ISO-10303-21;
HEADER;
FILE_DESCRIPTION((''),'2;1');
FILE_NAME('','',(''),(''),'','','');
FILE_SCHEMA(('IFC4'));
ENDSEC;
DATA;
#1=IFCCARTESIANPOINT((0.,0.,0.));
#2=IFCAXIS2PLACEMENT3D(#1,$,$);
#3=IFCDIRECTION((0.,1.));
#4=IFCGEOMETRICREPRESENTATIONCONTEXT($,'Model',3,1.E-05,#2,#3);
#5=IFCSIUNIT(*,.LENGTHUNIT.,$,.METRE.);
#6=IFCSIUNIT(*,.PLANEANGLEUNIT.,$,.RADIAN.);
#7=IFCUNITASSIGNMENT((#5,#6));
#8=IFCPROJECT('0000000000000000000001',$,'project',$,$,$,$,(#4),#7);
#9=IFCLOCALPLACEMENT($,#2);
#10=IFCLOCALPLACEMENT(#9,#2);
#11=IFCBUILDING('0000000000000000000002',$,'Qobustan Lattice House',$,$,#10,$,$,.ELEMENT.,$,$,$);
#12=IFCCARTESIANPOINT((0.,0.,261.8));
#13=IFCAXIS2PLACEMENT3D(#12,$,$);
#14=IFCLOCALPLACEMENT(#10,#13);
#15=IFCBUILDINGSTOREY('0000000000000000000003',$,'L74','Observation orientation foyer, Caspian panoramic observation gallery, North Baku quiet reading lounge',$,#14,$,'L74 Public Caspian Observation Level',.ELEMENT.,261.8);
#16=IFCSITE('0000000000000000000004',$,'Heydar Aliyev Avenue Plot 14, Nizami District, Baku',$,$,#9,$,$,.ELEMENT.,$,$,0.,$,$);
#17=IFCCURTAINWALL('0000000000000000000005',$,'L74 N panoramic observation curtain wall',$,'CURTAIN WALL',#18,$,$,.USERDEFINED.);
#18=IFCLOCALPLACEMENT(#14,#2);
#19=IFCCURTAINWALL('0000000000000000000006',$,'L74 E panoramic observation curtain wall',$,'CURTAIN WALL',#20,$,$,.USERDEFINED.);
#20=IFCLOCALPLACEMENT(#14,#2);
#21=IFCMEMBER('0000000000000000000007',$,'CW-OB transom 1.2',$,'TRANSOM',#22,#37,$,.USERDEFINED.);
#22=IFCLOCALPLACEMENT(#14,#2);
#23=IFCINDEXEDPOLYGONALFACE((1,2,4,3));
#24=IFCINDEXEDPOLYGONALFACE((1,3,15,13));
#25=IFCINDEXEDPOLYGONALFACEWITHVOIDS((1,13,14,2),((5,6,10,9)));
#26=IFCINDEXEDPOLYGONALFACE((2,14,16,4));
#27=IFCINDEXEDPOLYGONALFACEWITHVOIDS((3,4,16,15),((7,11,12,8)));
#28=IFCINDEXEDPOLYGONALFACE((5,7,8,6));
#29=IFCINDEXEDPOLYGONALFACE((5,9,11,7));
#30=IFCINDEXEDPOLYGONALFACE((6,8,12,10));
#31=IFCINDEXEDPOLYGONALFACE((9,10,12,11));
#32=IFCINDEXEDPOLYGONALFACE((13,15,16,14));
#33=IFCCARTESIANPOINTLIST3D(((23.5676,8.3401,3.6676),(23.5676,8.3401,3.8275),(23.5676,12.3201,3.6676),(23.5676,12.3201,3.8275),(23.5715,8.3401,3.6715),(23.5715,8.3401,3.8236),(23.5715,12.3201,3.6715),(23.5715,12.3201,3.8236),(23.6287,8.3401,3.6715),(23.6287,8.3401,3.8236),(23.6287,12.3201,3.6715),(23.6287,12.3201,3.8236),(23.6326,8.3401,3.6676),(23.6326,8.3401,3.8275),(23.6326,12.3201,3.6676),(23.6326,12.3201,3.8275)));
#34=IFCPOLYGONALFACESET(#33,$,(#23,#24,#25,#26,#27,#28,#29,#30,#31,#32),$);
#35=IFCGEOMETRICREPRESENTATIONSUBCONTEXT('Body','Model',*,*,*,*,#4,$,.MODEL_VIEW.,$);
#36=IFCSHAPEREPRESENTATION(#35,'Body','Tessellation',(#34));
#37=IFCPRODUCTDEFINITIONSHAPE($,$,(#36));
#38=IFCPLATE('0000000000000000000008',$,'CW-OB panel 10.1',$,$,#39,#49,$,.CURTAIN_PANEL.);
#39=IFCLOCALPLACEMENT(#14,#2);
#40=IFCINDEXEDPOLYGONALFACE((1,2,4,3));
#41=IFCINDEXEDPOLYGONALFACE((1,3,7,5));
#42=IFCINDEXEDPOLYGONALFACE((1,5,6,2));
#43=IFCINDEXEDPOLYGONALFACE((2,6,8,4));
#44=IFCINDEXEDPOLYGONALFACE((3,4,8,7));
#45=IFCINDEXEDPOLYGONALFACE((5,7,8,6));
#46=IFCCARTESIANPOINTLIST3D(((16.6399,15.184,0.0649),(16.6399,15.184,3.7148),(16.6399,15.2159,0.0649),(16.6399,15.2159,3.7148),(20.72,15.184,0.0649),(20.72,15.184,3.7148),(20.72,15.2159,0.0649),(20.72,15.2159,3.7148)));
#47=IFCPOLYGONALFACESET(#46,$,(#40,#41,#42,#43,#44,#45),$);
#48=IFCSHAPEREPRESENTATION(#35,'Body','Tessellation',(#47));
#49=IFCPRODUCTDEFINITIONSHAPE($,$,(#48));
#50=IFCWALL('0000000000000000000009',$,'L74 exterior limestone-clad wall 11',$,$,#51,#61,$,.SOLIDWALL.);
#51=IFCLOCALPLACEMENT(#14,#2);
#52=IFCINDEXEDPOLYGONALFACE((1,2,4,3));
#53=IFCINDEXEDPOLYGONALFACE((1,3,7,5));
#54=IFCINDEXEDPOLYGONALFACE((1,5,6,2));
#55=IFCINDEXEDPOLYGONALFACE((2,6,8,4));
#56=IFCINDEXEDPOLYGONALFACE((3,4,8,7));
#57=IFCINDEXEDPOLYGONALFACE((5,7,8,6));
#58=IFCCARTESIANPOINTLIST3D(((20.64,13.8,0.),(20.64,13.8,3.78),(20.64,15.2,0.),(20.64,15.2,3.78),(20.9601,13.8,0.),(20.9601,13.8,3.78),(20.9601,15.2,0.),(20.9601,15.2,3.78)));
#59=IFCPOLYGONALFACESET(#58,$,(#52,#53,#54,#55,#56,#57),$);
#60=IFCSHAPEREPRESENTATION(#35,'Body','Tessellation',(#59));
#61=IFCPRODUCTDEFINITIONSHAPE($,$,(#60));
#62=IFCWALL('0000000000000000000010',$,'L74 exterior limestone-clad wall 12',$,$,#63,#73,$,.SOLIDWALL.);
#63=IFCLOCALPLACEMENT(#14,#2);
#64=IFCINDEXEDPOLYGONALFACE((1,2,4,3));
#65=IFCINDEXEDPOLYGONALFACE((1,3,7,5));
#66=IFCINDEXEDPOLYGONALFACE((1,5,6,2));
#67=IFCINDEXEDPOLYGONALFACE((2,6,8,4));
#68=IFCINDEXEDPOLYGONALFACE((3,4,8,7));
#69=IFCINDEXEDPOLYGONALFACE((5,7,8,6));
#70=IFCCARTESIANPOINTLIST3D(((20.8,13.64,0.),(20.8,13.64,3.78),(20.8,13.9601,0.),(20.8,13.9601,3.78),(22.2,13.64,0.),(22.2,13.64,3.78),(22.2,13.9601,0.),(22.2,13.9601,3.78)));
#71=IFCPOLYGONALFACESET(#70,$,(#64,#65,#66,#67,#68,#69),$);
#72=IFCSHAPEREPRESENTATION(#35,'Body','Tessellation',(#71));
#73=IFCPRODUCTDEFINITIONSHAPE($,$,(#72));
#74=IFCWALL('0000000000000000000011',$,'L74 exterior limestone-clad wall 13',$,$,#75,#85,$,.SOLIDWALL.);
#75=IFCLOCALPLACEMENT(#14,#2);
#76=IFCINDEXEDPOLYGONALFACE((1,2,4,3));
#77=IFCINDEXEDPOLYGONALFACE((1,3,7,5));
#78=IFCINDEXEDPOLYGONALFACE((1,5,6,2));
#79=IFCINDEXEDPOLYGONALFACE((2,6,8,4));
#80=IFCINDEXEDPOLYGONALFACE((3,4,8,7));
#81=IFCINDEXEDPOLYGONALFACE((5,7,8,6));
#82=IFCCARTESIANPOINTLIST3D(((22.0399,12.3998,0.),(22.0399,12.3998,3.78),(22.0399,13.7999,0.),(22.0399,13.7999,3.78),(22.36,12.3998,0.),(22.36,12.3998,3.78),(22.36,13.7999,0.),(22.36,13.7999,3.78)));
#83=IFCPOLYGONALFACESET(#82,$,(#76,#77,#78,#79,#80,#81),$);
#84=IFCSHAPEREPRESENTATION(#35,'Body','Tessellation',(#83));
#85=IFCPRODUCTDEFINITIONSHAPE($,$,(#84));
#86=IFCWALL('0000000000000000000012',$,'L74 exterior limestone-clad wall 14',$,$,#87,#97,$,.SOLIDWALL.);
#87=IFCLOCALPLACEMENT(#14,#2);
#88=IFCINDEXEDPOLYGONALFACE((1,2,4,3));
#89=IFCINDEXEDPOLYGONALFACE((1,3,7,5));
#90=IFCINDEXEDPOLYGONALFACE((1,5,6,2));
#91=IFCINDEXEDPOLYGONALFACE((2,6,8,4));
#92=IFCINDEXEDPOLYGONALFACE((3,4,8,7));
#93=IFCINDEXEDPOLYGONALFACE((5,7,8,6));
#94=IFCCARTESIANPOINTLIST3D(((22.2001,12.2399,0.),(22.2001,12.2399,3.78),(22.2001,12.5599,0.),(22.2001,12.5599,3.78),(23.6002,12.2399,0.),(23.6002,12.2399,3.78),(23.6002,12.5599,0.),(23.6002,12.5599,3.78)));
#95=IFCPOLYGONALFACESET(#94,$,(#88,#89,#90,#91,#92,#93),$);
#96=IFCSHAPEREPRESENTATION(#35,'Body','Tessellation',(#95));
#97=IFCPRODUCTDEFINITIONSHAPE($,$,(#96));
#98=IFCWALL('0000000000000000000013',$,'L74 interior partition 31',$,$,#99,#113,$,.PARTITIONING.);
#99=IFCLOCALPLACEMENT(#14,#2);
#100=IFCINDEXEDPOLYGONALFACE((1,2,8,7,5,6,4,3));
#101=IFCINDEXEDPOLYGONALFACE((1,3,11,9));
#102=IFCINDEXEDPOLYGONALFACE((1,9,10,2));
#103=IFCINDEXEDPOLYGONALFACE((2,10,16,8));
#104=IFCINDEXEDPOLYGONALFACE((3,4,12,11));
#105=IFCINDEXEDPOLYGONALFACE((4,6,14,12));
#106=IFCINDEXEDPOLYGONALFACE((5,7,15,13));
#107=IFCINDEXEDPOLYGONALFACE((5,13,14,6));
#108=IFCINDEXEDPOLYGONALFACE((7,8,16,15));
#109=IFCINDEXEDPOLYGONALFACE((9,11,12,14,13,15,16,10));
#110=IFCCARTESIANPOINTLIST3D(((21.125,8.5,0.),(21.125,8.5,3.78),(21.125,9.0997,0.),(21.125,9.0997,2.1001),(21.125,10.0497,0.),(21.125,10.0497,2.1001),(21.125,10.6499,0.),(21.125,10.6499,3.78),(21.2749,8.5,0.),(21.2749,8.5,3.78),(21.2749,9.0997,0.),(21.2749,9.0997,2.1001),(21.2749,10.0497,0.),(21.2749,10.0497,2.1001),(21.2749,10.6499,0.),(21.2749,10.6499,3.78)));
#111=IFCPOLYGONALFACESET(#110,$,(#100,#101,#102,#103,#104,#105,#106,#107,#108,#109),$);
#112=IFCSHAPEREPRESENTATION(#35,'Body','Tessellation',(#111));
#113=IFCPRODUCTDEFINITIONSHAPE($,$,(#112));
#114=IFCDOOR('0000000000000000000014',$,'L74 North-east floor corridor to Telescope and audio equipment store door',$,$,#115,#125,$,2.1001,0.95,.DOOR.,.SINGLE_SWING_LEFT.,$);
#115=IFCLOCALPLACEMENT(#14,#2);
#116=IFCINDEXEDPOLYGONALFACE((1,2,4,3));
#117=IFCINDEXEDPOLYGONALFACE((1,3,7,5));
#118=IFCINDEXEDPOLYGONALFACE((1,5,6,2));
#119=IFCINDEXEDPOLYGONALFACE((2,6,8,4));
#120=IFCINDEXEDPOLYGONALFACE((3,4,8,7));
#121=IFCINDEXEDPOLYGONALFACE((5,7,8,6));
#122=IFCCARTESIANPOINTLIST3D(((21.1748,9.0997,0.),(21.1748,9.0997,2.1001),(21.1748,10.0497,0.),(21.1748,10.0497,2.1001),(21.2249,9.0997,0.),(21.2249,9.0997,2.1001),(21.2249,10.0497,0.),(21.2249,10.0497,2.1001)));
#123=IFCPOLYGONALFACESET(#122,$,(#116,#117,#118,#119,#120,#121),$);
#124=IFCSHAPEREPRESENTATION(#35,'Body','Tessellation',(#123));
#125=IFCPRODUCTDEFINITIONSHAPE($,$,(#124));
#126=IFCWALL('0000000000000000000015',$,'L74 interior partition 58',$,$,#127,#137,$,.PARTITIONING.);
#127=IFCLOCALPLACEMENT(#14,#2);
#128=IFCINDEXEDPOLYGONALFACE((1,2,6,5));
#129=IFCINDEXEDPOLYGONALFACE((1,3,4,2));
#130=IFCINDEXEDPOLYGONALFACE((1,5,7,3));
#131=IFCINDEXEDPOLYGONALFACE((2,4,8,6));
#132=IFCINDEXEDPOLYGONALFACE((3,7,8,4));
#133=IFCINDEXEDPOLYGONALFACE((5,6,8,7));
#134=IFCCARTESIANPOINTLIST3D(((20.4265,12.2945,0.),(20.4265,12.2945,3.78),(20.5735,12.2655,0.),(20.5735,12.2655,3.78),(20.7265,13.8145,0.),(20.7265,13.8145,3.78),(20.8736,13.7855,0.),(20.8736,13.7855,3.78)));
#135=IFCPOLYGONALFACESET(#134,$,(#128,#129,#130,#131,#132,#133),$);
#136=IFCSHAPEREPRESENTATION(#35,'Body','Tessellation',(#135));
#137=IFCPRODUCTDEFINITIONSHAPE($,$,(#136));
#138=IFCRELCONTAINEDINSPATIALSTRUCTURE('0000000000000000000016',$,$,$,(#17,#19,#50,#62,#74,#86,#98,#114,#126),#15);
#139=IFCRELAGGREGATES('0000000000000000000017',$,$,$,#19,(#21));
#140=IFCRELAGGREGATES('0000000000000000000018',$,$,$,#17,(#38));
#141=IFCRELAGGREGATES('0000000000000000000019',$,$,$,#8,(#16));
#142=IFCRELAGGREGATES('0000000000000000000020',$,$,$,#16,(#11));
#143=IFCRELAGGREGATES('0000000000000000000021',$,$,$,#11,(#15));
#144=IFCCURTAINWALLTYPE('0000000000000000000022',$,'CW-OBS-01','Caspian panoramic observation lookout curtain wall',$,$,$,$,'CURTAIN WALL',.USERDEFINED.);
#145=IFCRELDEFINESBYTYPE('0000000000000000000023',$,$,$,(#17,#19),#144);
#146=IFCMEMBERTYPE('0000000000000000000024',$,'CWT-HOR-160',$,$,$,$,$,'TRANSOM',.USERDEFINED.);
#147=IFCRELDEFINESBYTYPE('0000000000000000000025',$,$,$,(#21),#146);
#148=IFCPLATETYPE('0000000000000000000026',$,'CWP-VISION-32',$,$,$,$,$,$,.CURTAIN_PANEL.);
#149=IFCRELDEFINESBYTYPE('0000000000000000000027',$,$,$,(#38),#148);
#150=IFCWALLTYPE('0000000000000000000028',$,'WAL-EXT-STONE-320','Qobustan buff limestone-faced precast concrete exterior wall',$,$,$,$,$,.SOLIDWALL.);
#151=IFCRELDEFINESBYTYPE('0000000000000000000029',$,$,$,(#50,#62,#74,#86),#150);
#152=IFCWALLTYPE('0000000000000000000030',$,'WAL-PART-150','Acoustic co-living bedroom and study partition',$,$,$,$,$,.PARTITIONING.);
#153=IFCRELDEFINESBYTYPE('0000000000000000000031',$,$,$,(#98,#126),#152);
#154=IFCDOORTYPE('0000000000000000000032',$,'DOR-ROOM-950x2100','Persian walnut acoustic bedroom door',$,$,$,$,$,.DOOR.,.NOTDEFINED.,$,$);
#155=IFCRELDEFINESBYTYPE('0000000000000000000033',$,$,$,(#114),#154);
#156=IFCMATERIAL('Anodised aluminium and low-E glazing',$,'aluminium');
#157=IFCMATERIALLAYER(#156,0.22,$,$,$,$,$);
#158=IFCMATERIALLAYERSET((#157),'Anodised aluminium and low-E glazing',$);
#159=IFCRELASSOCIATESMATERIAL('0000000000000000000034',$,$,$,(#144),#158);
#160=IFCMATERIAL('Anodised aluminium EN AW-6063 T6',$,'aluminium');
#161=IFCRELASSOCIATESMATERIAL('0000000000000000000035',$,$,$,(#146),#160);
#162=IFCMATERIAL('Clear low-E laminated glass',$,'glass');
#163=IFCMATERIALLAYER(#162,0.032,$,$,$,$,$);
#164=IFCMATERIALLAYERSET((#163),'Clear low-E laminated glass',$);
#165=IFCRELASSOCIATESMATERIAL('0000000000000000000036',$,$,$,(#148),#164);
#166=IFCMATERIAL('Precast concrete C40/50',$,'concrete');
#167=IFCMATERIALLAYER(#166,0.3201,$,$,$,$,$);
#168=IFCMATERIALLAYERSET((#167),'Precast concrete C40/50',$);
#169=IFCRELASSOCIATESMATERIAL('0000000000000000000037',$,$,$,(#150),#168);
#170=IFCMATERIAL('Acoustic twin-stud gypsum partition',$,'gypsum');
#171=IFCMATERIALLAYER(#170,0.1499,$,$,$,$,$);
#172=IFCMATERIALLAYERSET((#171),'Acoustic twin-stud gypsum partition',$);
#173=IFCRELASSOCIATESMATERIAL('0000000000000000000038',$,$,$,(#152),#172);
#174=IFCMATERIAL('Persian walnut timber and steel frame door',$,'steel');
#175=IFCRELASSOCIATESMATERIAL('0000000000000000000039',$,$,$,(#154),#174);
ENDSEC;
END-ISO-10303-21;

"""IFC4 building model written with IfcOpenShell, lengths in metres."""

from ifc_helpers import new_model, si_unit, direction, frame, frame_2d, origin, origin_2d, place, context, subcontext, project, spatial, rectangle, hollow_rectangle, extrude, material, layer, layer_set, material_profile, profile_set, type_object, element, fill, aggregate, save


model = new_model("IFC4")

# Units and contexts
model_context = context("Model", 3, precision=1e-05, world=origin(), true_north=direction((0.0, 1.0)))
body_context = subcontext(model_context, "Body", "Model", "MODEL_VIEW")
ifc_project = project(units=[si_unit("LENGTHUNIT", "METRE"), si_unit("PLANEANGLEUNIT", "RADIAN")], contexts=[model_context])

# Site, building, storey
site_placement = place(None, origin())
site = spatial("IfcSite", under=ifc_project, at=site_placement, Name="Heydar Aliyev Avenue Plot 14, Nizami District, Baku", CompositionType="ELEMENT", RefElevation=0.0)
building_placement = place(site_placement, origin())
building = spatial("IfcBuilding", under=site, at=building_placement, Name="Qobustan Lattice House", CompositionType="ELEMENT")
storey_placement = place(building_placement, frame((0.0, 0.0, 261.8)))
storey = spatial("IfcBuildingStorey", under=building, at=storey_placement, Name="L74", Description="Observation orientation foyer, Caspian panoramic observation gallery, North Baku quiet reading lounge", LongName="L74 Public Caspian Observation Level", CompositionType="ELEMENT", Elevation=261.8)

# Curtain walls
ifc_material_1 = material(Name="Anodised aluminium and low-E glazing", Category="aluminium")
ifc_layer_1 = layer(ifc_material_1, 0.22)
ifc_layer_set_1 = layer_set([ifc_layer_1], Name="Anodised aluminium and low-E glazing")
curtain_wall_type = type_object("IfcCurtainWallType", Name="CW-OBS-01", Description="Caspian panoramic observation lookout curtain wall", ElementType="CURTAIN WALL", PredefinedType="USERDEFINED", material=ifc_layer_set_1)
curtain_wall_1_placement = place(storey_placement, origin())
curtain_wall_1 = element("IfcCurtainWall", 1, at=curtain_wall_1_placement, inside=storey, type_object=curtain_wall_type, Name="L74 N panoramic observation curtain wall", ObjectType="CURTAIN WALL", PredefinedType="USERDEFINED")
curtain_wall_2_placement = place(storey_placement, origin())
curtain_wall_2 = element("IfcCurtainWall", 2, at=curtain_wall_2_placement, inside=storey, type_object=curtain_wall_type, Name="L74 E panoramic observation curtain wall", ObjectType="CURTAIN WALL", PredefinedType="USERDEFINED")

# Member
ifc_material_2 = material(Name="Anodised aluminium EN AW-6063 T6", Category="aluminium")
ifc_material_profile_1 = material_profile(ifc_material_2, hollow_rectangle(XDim=0.0649, YDim=0.1599, WallThickness=0.0039, at=origin_2d()), Name="CWT-160x65")
ifc_profile_set_1 = profile_set([ifc_material_profile_1], Name="Anodised aluminium EN AW-6063 T6")
member_type_1 = type_object("IfcMemberType", Name="CWT-HOR-160", ElementType="TRANSOM", PredefinedType="USERDEFINED", material=ifc_profile_set_1)
member_1_placement = place(storey_placement, frame((23.6001, 12.3201, 3.7476), z_axis=(0.0, -1.0, 0.0), x_axis=(1.0, 0.0, 0.0)))
member_1 = element("IfcMember", 3, at=member_1_placement, type_object=member_type_1, Name="CW-OB transom 1.2", ObjectType="TRANSOM", PredefinedType="USERDEFINED", context=body_context, shape_type="SweptSolid", body=[
    extrude(hollow_rectangle(XDim=0.0649, YDim=0.1599, WallThickness=0.0039, at=origin_2d()), origin(), (0.0, 0.0, 1.0), 3.98),
])
aggregate(curtain_wall_2, [member_1])

# Plate
ifc_material_3 = material(Name="Clear low-E laminated glass", Category="glass")
ifc_layer_2 = layer(ifc_material_3, 0.032)
ifc_layer_set_2 = layer_set([ifc_layer_2], Name="Clear low-E laminated glass")
plate_type = type_object("IfcPlateType", Name="CWP-VISION-32", PredefinedType="CURTAIN_PANEL", material=ifc_layer_set_2)
plate_placement = place(storey_placement, frame((18.6799, 15.2, 0.0649), z_axis=(0.0, 0.0, 1.0), x_axis=(1.0, 0.0, 0.0)))
plate = element("IfcPlate", 4, at=plate_placement, type_object=plate_type, Name="CW-OB panel 10.1", PredefinedType="CURTAIN_PANEL", context=body_context, shape_type="SweptSolid", body=[
    extrude(rectangle(XDim=4.0801, YDim=0.032, at=origin_2d()), origin(), (0.0, 0.0, 1.0), 3.6499),
])
aggregate(curtain_wall_1, [plate])

# Walls
ifc_material_4 = material(Name="Precast concrete C40/50", Category="concrete")
ifc_layer_3 = layer(ifc_material_4, 0.3201)
ifc_layer_set_3 = layer_set([ifc_layer_3], Name="Precast concrete C40/50")
wall_type_1 = type_object("IfcWallType", Name="WAL-EXT-STONE-320", Description="Qobustan buff limestone-faced precast concrete exterior wall", PredefinedType="SOLIDWALL", material=ifc_layer_set_3)
for number, where, z_axis, x_axis, name in (
    (5, (20.8, 15.2, 0.0), (0.0, 0.0, 1.0), (0.0, -1.0, 0.0), "L74 exterior limestone-clad wall 11"),
    (6, (20.8, 13.8, 0.0), (0.0, 0.0, 1.0), (1.0, 0.0, 0.0), "L74 exterior limestone-clad wall 12"),
):
    element("IfcWall", number, at=place(storey_placement, frame(where, z_axis=z_axis, x_axis=x_axis)), inside=storey, type_object=wall_type_1, Name=name, PredefinedType="SOLIDWALL", context=body_context, shape_type="SweptSolid", body=[
        extrude(rectangle(XDim=1.3999, YDim=0.3201, at=frame_2d((0.7, 0.0))), origin(), (0.0, 0.0, 1.0), 3.78),
    ])
for number, where, z_axis, x_axis, name in (
    (7, (22.2, 13.8, 0.0), (0.0, 0.0, 1.0), (0.0, -1.0, 0.0), "L74 exterior limestone-clad wall 13"),
    (8, (22.2, 12.3999, 0.0), (0.0, 0.0, 1.0), (1.0, 0.0, 0.0), "L74 exterior limestone-clad wall 14"),
):
    element("IfcWall", number, at=place(storey_placement, frame(where, z_axis=z_axis, x_axis=x_axis)), inside=storey, type_object=wall_type_1, Name=name, PredefinedType="SOLIDWALL", context=body_context, shape_type="SweptSolid", body=[
        extrude(rectangle(XDim=1.4001, YDim=0.3201, at=frame_2d((0.7002, 0.0))), origin(), (0.0, 0.0, 1.0), 3.78),
    ])

# Wall, opening, door
ifc_material_5 = material(Name="Acoustic twin-stud gypsum partition", Category="gypsum")
ifc_layer_4 = layer(ifc_material_5, 0.1499)
ifc_layer_set_4 = layer_set([ifc_layer_4], Name="Acoustic twin-stud gypsum partition")
wall_type_2 = type_object("IfcWallType", Name="WAL-PART-150", Description="Acoustic co-living bedroom and study partition", PredefinedType="PARTITIONING", material=ifc_layer_set_4)
wall_1_placement = place(storey_placement, frame((21.2, 10.6499, 0.0), z_axis=(0.0, 0.0, 1.0), x_axis=(0.0, -1.0, 0.0)))
wall_1 = element("IfcWall", 9, at=wall_1_placement, inside=storey, type_object=wall_type_2, Name="L74 interior partition 31", PredefinedType="PARTITIONING", context=body_context, shape_type="SweptSolid", body=[
    extrude(rectangle(XDim=2.1499, YDim=0.1499, at=frame_2d((1.075, 0.0))), origin(), (0.0, 0.0, 1.0), 3.78),
])
opening_placement = place(wall_1_placement, frame((0.6001, 0.0, 0.0)))
opening = element("IfcOpeningElement", 10, at=opening_placement, cuts=wall_1, PredefinedType="OPENING", context=body_context, shape_type="SweptSolid", body=[
    extrude(rectangle(XDim=0.95, YDim=2.1001, at=frame_2d((0.4751, 1.05))), frame((0.0, 0.085, 0.0), z_axis=(0.0, -1.0, 0.0), x_axis=(1.0, 0.0, 0.0)), (0.0, 0.0, 1.0), 0.1699),
])
ifc_material_6 = material(Name="Persian walnut timber and steel frame door", Category="steel")
door_type = type_object("IfcDoorType", Name="DOR-ROOM-950x2100", Description="Persian walnut acoustic bedroom door", OperationType="NOTDEFINED", PredefinedType="DOOR", material=ifc_material_6)
door_placement = place(opening_placement, origin())
door = element("IfcDoor", 11, at=door_placement, inside=storey, type_object=door_type, Name="L74 North-east floor corridor to Telescope and audio equipment store door", OperationType="SINGLE_SWING_LEFT", OverallHeight=2.1001, OverallWidth=0.95, PredefinedType="DOOR", context=body_context, shape_type="SweptSolid", body=[
    extrude(rectangle(XDim=0.95, YDim=2.1001, at=frame_2d((0.4751, 1.05))), frame((0.0, 0.0249, 0.0), z_axis=(0.0, -1.0, 0.0), x_axis=(1.0, 0.0, 0.0)), (0.0, 0.0, 1.0), 0.05),
])
fill(opening, door)

# Wall
wall_2_placement = place(storey_placement, frame((20.5, 12.28, 0.0), z_axis=(0.0, 0.0, 1.0), x_axis=(0.193661, 0.981069, 0.0)))
element("IfcWall", 12, at=wall_2_placement, inside=storey, type_object=wall_type_2, Name="L74 interior partition 58", PredefinedType="PARTITIONING", context=body_context, shape_type="SweptSolid", body=[
    extrude(rectangle(XDim=1.5493, YDim=0.1499, at=frame_2d((0.7747, 0.0))), origin(), (0.0, 0.0, 1.0), 3.78),
])

save(model, "model.ifc")
